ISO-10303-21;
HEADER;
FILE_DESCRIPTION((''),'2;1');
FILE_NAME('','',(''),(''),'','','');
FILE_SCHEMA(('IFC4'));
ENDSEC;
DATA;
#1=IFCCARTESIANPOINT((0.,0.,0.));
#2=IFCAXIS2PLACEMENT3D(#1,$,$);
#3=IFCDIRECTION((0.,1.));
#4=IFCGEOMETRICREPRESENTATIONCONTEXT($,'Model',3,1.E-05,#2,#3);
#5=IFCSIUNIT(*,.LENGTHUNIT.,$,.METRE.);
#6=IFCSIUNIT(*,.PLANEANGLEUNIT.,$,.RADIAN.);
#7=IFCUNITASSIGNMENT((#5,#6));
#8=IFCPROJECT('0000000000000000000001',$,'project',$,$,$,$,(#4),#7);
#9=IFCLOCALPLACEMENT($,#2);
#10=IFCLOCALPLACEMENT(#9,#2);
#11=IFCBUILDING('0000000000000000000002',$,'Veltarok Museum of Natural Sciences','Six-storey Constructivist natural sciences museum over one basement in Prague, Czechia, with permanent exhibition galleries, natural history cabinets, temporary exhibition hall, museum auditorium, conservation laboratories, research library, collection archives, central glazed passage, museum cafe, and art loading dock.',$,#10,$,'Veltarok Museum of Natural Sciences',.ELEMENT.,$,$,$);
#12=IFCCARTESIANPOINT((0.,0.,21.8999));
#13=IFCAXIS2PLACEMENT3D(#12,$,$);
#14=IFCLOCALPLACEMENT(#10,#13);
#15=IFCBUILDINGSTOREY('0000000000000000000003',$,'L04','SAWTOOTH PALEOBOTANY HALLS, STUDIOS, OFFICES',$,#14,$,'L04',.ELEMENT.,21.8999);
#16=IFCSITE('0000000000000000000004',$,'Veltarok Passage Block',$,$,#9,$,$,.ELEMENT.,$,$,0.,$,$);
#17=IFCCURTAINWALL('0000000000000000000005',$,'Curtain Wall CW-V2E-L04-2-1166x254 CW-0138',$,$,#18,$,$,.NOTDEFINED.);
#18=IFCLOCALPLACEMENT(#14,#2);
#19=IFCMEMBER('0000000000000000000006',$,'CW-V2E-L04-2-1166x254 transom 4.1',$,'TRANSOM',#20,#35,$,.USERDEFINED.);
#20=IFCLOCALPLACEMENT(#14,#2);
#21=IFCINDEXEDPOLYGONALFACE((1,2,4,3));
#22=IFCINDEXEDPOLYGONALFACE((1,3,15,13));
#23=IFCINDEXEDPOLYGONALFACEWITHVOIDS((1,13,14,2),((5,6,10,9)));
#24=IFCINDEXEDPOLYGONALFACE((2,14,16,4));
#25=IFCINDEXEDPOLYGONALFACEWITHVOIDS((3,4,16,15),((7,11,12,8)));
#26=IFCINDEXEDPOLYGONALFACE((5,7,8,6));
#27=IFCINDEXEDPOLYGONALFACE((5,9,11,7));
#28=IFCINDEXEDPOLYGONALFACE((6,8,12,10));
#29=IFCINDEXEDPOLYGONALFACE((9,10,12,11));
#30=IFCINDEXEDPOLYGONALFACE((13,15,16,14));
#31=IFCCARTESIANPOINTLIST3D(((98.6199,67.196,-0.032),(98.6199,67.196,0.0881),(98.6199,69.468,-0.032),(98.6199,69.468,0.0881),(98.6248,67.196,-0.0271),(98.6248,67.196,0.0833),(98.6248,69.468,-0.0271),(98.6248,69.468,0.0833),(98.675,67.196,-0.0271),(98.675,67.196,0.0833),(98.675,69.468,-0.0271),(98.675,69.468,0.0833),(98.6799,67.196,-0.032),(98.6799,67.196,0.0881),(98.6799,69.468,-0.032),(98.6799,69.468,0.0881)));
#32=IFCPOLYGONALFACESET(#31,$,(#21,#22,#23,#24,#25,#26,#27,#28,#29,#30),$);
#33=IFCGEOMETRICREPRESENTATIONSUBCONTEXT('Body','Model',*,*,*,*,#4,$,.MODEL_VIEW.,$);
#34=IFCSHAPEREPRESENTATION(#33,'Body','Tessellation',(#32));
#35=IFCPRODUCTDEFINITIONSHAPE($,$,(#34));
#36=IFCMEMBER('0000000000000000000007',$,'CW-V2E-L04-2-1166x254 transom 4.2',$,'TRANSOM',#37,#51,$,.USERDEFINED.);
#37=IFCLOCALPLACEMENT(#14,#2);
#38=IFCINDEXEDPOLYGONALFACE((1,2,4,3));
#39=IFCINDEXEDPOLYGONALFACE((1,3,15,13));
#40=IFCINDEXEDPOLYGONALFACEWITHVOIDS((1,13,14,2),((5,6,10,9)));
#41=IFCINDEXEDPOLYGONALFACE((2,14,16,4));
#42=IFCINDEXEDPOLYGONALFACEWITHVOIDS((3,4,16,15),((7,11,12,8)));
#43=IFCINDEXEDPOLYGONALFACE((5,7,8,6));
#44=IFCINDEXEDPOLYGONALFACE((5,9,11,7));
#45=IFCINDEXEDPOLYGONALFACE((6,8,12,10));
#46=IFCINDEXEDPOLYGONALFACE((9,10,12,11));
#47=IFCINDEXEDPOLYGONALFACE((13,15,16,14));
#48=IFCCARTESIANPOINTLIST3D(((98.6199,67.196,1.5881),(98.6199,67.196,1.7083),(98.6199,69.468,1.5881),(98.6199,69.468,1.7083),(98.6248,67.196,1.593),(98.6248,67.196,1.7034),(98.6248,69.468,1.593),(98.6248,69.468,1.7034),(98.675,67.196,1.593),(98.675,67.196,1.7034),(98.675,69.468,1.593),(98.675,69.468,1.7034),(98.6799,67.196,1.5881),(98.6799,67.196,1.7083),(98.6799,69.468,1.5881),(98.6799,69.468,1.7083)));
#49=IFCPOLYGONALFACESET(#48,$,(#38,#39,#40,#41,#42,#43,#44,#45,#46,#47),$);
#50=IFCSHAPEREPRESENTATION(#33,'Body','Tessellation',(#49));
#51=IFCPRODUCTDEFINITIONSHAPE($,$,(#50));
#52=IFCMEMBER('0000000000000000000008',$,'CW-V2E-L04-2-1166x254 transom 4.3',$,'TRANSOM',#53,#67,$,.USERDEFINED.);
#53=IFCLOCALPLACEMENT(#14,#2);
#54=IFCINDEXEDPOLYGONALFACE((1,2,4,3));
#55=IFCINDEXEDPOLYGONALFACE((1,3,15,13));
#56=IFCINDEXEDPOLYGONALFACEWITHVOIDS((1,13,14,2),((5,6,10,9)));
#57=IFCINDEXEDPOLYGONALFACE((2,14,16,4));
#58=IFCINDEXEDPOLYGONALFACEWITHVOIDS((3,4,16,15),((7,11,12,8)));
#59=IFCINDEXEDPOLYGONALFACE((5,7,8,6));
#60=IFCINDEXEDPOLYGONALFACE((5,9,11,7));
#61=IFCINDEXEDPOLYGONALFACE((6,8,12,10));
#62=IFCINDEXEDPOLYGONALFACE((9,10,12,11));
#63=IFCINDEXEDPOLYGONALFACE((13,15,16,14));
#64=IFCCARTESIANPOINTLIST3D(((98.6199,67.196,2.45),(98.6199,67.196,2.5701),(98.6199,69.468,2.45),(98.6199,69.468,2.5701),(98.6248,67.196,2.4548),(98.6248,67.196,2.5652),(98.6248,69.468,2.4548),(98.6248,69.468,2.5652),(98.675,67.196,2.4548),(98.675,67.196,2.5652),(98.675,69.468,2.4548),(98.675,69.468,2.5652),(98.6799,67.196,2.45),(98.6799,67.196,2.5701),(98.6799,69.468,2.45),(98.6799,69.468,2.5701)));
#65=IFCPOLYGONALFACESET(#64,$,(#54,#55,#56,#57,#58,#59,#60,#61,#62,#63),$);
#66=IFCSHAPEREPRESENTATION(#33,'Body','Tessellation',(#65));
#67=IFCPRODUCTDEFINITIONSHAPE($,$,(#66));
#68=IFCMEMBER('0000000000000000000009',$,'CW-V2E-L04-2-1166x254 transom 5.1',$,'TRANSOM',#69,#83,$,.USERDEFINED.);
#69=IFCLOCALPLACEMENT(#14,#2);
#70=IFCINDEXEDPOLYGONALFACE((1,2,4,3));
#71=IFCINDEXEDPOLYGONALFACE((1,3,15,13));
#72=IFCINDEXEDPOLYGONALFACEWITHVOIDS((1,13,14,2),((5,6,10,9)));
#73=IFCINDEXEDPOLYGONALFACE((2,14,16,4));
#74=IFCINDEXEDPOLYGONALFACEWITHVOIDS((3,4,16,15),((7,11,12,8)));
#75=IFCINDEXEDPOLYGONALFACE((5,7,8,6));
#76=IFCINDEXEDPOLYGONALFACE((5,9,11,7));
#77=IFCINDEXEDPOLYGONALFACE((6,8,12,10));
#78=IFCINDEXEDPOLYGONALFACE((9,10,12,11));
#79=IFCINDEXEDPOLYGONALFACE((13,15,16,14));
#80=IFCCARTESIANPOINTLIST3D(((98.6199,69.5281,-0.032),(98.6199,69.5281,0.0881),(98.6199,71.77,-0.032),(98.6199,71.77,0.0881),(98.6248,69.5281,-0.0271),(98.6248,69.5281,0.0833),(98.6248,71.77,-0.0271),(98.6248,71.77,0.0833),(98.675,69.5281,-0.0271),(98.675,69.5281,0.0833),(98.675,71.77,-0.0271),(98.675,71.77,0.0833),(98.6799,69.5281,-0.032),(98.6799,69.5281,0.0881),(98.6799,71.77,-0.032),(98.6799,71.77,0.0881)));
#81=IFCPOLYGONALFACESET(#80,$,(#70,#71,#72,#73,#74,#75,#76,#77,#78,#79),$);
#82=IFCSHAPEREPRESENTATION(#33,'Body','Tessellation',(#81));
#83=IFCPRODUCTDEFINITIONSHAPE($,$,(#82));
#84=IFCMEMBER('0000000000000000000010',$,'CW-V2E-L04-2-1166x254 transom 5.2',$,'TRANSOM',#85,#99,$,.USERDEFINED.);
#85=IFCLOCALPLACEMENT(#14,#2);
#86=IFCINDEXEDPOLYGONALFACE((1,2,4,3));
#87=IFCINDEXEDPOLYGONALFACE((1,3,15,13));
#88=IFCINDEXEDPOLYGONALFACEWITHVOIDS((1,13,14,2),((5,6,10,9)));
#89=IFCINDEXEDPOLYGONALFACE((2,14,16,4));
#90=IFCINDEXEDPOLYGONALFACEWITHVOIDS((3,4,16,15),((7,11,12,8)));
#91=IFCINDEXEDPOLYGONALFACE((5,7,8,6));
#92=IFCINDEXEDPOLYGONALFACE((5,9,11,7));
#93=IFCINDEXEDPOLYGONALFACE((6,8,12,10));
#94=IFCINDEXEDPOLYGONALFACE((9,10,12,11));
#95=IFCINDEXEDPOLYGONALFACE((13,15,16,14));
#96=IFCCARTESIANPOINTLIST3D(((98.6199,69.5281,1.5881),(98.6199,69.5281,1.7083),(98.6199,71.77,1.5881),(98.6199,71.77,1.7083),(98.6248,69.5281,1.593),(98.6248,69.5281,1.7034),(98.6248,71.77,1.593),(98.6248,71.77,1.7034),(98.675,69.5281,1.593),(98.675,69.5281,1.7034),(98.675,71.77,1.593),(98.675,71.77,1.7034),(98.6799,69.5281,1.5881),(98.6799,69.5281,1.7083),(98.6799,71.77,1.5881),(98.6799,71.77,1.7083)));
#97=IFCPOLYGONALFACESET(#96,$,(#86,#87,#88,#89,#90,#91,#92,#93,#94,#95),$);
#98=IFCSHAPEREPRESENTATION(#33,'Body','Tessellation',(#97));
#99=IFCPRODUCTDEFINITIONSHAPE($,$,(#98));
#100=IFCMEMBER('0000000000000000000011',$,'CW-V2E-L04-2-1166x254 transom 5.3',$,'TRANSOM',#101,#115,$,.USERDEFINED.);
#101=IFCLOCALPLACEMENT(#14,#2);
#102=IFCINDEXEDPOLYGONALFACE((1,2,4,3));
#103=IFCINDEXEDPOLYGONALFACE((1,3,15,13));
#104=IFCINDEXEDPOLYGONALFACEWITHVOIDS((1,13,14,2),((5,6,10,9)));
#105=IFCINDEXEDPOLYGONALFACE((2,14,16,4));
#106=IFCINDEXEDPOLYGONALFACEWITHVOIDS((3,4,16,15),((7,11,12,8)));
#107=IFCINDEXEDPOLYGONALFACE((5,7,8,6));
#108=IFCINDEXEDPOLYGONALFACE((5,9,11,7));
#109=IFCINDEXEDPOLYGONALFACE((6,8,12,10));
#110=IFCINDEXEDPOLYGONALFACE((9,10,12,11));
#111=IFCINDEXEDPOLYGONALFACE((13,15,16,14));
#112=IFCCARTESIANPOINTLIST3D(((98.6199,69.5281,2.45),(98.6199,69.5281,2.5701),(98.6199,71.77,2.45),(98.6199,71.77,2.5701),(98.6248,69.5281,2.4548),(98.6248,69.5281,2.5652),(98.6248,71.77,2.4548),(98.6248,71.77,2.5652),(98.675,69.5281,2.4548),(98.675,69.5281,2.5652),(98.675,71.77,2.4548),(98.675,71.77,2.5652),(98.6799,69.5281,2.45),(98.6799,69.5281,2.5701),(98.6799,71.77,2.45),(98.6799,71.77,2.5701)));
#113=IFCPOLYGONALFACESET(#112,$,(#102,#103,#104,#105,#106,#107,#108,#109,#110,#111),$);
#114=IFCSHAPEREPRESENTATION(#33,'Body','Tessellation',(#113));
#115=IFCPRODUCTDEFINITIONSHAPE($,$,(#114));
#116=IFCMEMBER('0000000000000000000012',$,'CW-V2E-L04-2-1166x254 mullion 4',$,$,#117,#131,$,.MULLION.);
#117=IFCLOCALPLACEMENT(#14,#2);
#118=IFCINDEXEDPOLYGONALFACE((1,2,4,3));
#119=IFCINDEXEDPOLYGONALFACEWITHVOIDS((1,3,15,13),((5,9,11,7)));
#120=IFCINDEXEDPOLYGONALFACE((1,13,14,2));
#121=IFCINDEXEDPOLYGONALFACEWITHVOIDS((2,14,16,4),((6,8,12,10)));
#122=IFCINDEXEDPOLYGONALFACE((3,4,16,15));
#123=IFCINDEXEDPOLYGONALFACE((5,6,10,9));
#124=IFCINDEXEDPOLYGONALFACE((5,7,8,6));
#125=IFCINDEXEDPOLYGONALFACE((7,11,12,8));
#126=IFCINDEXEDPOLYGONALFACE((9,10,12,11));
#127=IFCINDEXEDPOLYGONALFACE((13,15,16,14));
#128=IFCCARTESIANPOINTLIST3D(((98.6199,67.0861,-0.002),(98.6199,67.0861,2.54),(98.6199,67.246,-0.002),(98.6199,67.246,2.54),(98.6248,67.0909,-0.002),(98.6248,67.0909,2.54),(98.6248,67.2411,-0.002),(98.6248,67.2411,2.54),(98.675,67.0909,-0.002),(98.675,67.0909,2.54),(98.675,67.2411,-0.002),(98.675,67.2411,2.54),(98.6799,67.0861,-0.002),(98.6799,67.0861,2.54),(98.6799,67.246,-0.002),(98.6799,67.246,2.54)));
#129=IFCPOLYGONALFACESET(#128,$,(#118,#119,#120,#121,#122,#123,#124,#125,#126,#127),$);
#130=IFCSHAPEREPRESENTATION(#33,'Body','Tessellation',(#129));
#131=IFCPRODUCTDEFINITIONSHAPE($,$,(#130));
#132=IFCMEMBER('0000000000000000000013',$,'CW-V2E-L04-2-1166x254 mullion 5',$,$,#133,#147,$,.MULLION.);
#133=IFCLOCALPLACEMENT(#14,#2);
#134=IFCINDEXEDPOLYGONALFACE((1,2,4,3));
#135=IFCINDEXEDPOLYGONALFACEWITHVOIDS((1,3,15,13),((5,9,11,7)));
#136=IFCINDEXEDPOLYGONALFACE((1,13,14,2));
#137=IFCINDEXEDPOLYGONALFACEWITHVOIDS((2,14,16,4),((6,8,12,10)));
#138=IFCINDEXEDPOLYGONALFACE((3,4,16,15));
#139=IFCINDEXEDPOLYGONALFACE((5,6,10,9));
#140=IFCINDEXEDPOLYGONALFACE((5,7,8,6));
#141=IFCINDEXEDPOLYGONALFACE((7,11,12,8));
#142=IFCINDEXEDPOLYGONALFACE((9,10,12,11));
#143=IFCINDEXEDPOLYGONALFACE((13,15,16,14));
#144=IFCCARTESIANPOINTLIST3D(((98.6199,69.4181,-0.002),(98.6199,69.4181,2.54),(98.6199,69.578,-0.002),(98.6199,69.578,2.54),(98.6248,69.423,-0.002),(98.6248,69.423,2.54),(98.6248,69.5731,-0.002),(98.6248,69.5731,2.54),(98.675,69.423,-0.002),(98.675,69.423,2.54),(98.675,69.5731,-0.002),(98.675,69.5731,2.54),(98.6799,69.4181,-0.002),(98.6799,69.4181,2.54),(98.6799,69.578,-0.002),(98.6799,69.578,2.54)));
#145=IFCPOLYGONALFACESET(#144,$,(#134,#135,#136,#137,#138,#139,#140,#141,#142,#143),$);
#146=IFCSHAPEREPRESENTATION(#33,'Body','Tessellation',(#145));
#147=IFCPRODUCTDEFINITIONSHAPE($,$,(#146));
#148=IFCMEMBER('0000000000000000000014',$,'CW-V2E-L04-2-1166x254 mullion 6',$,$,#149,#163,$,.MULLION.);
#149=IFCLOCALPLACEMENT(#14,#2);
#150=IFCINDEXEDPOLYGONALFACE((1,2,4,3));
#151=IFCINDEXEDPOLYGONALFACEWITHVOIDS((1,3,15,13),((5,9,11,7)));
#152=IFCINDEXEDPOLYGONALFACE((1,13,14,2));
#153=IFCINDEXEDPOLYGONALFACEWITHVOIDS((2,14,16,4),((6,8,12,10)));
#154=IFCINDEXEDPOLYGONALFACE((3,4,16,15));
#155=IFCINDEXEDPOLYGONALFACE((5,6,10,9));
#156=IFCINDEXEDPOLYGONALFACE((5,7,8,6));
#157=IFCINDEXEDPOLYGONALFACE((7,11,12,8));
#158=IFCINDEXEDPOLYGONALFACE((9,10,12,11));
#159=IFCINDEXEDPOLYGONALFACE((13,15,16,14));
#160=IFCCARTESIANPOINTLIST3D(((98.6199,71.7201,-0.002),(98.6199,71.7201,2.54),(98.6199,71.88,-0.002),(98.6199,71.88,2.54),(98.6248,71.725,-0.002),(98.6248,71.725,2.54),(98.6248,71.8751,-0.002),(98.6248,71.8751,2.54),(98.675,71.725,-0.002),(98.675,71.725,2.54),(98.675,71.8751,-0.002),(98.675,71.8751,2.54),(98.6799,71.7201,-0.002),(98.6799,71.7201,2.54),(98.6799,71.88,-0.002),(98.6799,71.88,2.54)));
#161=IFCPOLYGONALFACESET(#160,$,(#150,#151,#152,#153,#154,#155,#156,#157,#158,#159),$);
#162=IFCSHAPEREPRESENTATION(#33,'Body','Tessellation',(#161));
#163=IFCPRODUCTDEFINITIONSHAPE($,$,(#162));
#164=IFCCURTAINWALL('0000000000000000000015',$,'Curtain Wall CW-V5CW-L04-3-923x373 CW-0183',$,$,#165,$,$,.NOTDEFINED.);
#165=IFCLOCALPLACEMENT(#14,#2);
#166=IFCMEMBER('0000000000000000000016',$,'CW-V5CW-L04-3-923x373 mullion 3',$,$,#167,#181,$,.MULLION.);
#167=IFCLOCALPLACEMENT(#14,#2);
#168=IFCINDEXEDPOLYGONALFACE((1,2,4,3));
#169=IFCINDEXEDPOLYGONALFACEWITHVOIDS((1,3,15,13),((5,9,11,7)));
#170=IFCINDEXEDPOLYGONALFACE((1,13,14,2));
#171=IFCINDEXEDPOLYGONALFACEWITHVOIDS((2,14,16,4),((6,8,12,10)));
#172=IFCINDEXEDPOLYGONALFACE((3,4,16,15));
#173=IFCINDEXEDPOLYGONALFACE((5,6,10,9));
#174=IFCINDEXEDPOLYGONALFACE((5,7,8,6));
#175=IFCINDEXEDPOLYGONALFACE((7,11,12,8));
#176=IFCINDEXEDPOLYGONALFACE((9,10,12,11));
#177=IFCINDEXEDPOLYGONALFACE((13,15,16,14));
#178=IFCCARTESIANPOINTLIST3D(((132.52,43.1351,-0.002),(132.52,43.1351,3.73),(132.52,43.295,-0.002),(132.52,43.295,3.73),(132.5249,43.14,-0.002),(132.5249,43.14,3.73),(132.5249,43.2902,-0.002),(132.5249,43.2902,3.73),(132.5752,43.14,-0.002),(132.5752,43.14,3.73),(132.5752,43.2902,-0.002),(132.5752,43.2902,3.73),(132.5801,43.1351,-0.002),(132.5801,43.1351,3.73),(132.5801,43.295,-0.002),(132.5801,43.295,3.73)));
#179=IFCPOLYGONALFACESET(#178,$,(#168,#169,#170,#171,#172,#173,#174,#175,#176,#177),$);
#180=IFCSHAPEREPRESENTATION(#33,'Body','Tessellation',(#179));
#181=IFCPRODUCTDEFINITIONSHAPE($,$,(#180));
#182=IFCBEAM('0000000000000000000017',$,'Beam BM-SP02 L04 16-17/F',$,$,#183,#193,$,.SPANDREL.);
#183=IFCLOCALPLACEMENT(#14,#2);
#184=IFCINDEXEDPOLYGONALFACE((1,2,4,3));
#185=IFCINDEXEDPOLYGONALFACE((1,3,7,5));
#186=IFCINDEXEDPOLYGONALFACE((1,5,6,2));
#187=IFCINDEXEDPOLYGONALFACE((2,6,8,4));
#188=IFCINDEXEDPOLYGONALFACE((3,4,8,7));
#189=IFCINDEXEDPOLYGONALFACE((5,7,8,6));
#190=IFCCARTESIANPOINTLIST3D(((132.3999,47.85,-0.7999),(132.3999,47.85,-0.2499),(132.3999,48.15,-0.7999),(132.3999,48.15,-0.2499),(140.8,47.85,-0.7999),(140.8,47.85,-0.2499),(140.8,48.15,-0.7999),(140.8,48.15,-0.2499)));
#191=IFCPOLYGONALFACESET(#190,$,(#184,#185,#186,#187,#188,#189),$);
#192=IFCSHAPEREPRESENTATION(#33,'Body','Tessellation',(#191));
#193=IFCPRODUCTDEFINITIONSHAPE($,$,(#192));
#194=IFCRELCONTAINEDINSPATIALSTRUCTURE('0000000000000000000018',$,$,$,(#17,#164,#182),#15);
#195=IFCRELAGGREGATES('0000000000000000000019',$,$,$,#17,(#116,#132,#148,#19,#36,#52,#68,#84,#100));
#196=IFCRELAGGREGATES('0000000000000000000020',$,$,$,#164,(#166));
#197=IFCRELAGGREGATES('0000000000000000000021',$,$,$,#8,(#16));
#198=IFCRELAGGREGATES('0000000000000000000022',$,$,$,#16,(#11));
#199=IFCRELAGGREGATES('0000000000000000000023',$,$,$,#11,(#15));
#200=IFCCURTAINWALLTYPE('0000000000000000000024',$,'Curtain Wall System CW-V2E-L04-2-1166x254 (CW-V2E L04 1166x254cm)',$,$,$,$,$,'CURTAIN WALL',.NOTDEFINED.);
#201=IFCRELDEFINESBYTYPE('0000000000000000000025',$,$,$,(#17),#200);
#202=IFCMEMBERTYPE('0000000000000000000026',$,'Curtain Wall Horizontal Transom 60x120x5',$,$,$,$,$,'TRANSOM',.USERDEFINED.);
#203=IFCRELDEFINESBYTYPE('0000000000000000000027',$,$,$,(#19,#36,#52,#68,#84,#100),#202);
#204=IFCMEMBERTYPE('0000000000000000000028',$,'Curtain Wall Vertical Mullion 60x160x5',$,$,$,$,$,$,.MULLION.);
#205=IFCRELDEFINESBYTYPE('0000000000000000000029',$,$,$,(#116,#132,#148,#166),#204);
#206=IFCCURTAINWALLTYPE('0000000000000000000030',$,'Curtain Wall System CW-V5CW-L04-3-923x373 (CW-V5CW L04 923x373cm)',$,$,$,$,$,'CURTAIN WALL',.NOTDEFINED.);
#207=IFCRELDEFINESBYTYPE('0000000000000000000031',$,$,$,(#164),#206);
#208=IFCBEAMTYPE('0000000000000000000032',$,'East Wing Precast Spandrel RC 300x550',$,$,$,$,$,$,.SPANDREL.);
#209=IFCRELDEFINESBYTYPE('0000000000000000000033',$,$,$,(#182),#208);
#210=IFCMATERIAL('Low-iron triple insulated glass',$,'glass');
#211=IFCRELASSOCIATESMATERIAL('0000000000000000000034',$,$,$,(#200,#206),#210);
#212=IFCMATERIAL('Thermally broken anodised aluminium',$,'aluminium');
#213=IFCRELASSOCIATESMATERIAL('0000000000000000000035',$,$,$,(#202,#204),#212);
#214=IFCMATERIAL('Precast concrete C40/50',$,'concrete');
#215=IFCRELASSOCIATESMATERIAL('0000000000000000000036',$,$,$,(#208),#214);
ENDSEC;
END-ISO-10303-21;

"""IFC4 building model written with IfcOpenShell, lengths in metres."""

from ifc_helpers import new_model, si_unit, direction, frame, origin, origin_2d, place, context, subcontext, project, spatial, rectangle, hollow_rectangle, extrude, material, material_profile, profile_set, type_object, element, aggregate, save


model = new_model("IFC4")

# Units and contexts
model_context = context("Model", 3, precision=1e-05, world=origin(), true_north=direction((0.0, 1.0)))
body_context = subcontext(model_context, "Body", "Model", "MODEL_VIEW")
ifc_project = project(units=[si_unit("LENGTHUNIT", "METRE"), si_unit("PLANEANGLEUNIT", "RADIAN")], contexts=[model_context])

# Site, building, storey
site_placement = place(None, origin())
site = spatial("IfcSite", under=ifc_project, at=site_placement, Name="Veltarok Passage Block", CompositionType="ELEMENT", RefElevation=0.0)
building_placement = place(site_placement, origin())
building = spatial("IfcBuilding", under=site, at=building_placement, Name="Veltarok Museum of Natural Sciences", Description="Six-storey Constructivist natural sciences museum over one basement in Prague, Czechia, with permanent exhibition galleries, natural history cabinets, temporary exhibition hall, museum auditorium, conservation laboratories, research library, collection archives, central glazed passage, museum cafe, and art loading dock.", LongName="Veltarok Museum of Natural Sciences", CompositionType="ELEMENT")
storey_placement = place(building_placement, frame((0.0, 0.0, 21.8999)))
storey = spatial("IfcBuildingStorey", under=building, at=storey_placement, Name="L04", Description="SAWTOOTH PALEOBOTANY HALLS, STUDIOS, OFFICES", LongName="L04", CompositionType="ELEMENT", Elevation=21.8999)

# Curtain wall, members
ifc_material_1 = material(Name="Low-iron triple insulated glass", Category="glass")
curtain_wall_type_1 = type_object("IfcCurtainWallType", Name="Curtain Wall System CW-V2E-L04-2-1166x254 (CW-V2E L04 1166x254cm)", ElementType="CURTAIN WALL", PredefinedType="NOTDEFINED", material=ifc_material_1)
curtain_wall_1_placement = place(storey_placement, origin())
curtain_wall_1 = element("IfcCurtainWall", 1, at=curtain_wall_1_placement, inside=storey, type_object=curtain_wall_type_1, Name="Curtain Wall CW-V2E-L04-2-1166x254 CW-0138", PredefinedType="NOTDEFINED")
ifc_material_2 = material(Name="Thermally broken anodised aluminium", Category="aluminium")
ifc_material_profile_1 = material_profile(ifc_material_2, hollow_rectangle(XDim=0.0601, YDim=0.1201, WallThickness=0.0049, at=origin_2d()), Name="CW TRANSOM 60x120x5")
ifc_profile_set_1 = profile_set([ifc_material_profile_1], Name="Thermally broken anodised aluminium")
member_type_1 = type_object("IfcMemberType", Name="Curtain Wall Horizontal Transom 60x120x5", ElementType="TRANSOM", PredefinedType="USERDEFINED", material=ifc_profile_set_1)
member_1_placement = place(storey_placement, frame((98.6499, 67.196, 0.0281), z_axis=(0.0, 1.0, 0.0), x_axis=(-1.0, 0.0, 0.0)))
member_1 = element("IfcMember", 2, at=member_1_placement, type_object=member_type_1, Name="CW-V2E-L04-2-1166x254 transom 4.1", ObjectType="TRANSOM", PredefinedType="USERDEFINED", context=body_context, shape_type="SweptSolid", body=[
    extrude(hollow_rectangle(XDim=0.0601, YDim=0.1201, WallThickness=0.0049, at=origin_2d()), origin(), (0.0, 0.0, 1.0), 2.272),
])
member_2_placement = place(storey_placement, frame((98.6499, 67.196, 1.6482), z_axis=(0.0, 1.0, 0.0), x_axis=(-1.0, 0.0, 0.0)))
member_2 = element("IfcMember", 3, at=member_2_placement, type_object=member_type_1, Name="CW-V2E-L04-2-1166x254 transom 4.2", ObjectType="TRANSOM", PredefinedType="USERDEFINED", context=body_context, shape_type="SweptSolid", body=[
    extrude(hollow_rectangle(XDim=0.0601, YDim=0.1201, WallThickness=0.0049, at=origin_2d()), origin(), (0.0, 0.0, 1.0), 2.272),
])
member_3_placement = place(storey_placement, frame((98.6499, 67.196, 2.51), z_axis=(0.0, 1.0, 0.0), x_axis=(-1.0, 0.0, 0.0)))
member_3 = element("IfcMember", 4, at=member_3_placement, type_object=member_type_1, Name="CW-V2E-L04-2-1166x254 transom 4.3", ObjectType="TRANSOM", PredefinedType="USERDEFINED", context=body_context, shape_type="SweptSolid", body=[
    extrude(hollow_rectangle(XDim=0.0601, YDim=0.1201, WallThickness=0.0049, at=origin_2d()), origin(), (0.0, 0.0, 1.0), 2.272),
])
member_4_placement = place(storey_placement, frame((98.6499, 69.5281, 0.0281), z_axis=(0.0, 1.0, 0.0), x_axis=(-1.0, 0.0, 0.0)))
member_4 = element("IfcMember", 5, at=member_4_placement, type_object=member_type_1, Name="CW-V2E-L04-2-1166x254 transom 5.1", ObjectType="TRANSOM", PredefinedType="USERDEFINED", context=body_context, shape_type="SweptSolid", body=[
    extrude(hollow_rectangle(XDim=0.0601, YDim=0.1201, WallThickness=0.0049, at=origin_2d()), origin(), (0.0, 0.0, 1.0), 2.2419),
])
member_5_placement = place(storey_placement, frame((98.6499, 69.5281, 1.6482), z_axis=(0.0, 1.0, 0.0), x_axis=(-1.0, 0.0, 0.0)))
member_5 = element("IfcMember", 6, at=member_5_placement, type_object=member_type_1, Name="CW-V2E-L04-2-1166x254 transom 5.2", ObjectType="TRANSOM", PredefinedType="USERDEFINED", context=body_context, shape_type="SweptSolid", body=[
    extrude(hollow_rectangle(XDim=0.0601, YDim=0.1201, WallThickness=0.0049, at=origin_2d()), origin(), (0.0, 0.0, 1.0), 2.2419),
])
member_6_placement = place(storey_placement, frame((98.6499, 69.5281, 2.51), z_axis=(0.0, 1.0, 0.0), x_axis=(-1.0, 0.0, 0.0)))
member_6 = element("IfcMember", 7, at=member_6_placement, type_object=member_type_1, Name="CW-V2E-L04-2-1166x254 transom 5.3", ObjectType="TRANSOM", PredefinedType="USERDEFINED", context=body_context, shape_type="SweptSolid", body=[
    extrude(hollow_rectangle(XDim=0.0601, YDim=0.1201, WallThickness=0.0049, at=origin_2d()), origin(), (0.0, 0.0, 1.0), 2.2419),
])
ifc_material_profile_2 = material_profile(ifc_material_2, hollow_rectangle(XDim=0.0601, YDim=0.1599, WallThickness=0.0049, at=origin_2d()), Name="CW MULLION 60x160x5")
ifc_profile_set_2 = profile_set([ifc_material_profile_2], Name="Thermally broken anodised aluminium")
member_type_2 = type_object("IfcMemberType", Name="Curtain Wall Vertical Mullion 60x160x5", PredefinedType="MULLION", material=ifc_profile_set_2)
member_7_placement = place(storey_placement, frame((98.6499, 67.166, -0.002), z_axis=(0.0, 0.0, 1.0), x_axis=(-1.0, 0.0, 0.0)))
member_7 = element("IfcMember", 8, at=member_7_placement, type_object=member_type_2, Name="CW-V2E-L04-2-1166x254 mullion 4", PredefinedType="MULLION", context=body_context, shape_type="SweptSolid", body=[
    extrude(hollow_rectangle(XDim=0.0601, YDim=0.1599, WallThickness=0.0049, at=origin_2d()), origin(), (0.0, 0.0, 1.0), 2.542),
])
member_8_placement = place(storey_placement, frame((98.6499, 69.498, -0.002), z_axis=(0.0, 0.0, 1.0), x_axis=(-1.0, 0.0, 0.0)))
member_8 = element("IfcMember", 9, at=member_8_placement, type_object=member_type_2, Name="CW-V2E-L04-2-1166x254 mullion 5", PredefinedType="MULLION", context=body_context, shape_type="SweptSolid", body=[
    extrude(hollow_rectangle(XDim=0.0601, YDim=0.1599, WallThickness=0.0049, at=origin_2d()), origin(), (0.0, 0.0, 1.0), 2.542),
])
member_9_placement = place(storey_placement, frame((98.6499, 71.8, -0.002), z_axis=(0.0, 0.0, 1.0), x_axis=(-1.0, 0.0, 0.0)))
member_9 = element("IfcMember", 10, at=member_9_placement, type_object=member_type_2, Name="CW-V2E-L04-2-1166x254 mullion 6", PredefinedType="MULLION", context=body_context, shape_type="SweptSolid", body=[
    extrude(hollow_rectangle(XDim=0.0601, YDim=0.1599, WallThickness=0.0049, at=origin_2d()), origin(), (0.0, 0.0, 1.0), 2.542),
])

# Curtain wall, member
curtain_wall_type_2 = type_object("IfcCurtainWallType", Name="Curtain Wall System CW-V5CW-L04-3-923x373 (CW-V5CW L04 923x373cm)", ElementType="CURTAIN WALL", PredefinedType="NOTDEFINED", material=ifc_material_1)
curtain_wall_2_placement = place(storey_placement, origin())
curtain_wall_2 = element("IfcCurtainWall", 11, at=curtain_wall_2_placement, inside=storey, type_object=curtain_wall_type_2, Name="Curtain Wall CW-V5CW-L04-3-923x373 CW-0183", PredefinedType="NOTDEFINED")
member_10_placement = place(storey_placement, frame((132.55, 43.2151, -0.002), z_axis=(0.0, 0.0, 1.0), x_axis=(-1.0, 0.0, 0.0)))
member_10 = element("IfcMember", 12, at=member_10_placement, type_object=member_type_2, Name="CW-V5CW-L04-3-923x373 mullion 3", PredefinedType="MULLION", context=body_context, shape_type="SweptSolid", body=[
    extrude(hollow_rectangle(XDim=0.0601, YDim=0.1599, WallThickness=0.0049, at=origin_2d()), origin(), (0.0, 0.0, 1.0), 3.7319),
])

# Beam
ifc_material_3 = material(Name="Precast concrete C40/50", Category="concrete")
ifc_material_profile_3 = material_profile(ifc_material_3, rectangle(XDim=0.3, YDim=0.55, at=origin_2d()), Name="RC 300x550")
ifc_profile_set_3 = profile_set([ifc_material_profile_3], Name="Precast concrete C40/50")
beam_type_1 = type_object("IfcBeamType", Name="East Wing Precast Spandrel RC 300x550", PredefinedType="SPANDREL", material=ifc_profile_set_3)
for number, where, z_axis, x_axis, name in (
    (13, (132.3999, 48.0, -0.5249), (1.0, 0.0, 0.0), (0.0, 1.0, 0.0), "Beam BM-SP02 L04 16-17/F"),
):
    element("IfcBeam", number, at=place(storey_placement, frame(where, z_axis=z_axis, x_axis=x_axis)), inside=storey, type_object=beam_type_1, Name=name, PredefinedType="SPANDREL", context=body_context, shape_type="SweptSolid", body=[
        extrude(rectangle(XDim=0.3, YDim=0.55, at=origin_2d()), origin(), (0.0, 0.0, 1.0), 8.4001),
    ])

aggregate(curtain_wall_1, [member_7, member_8, member_9, member_1, member_2, member_3, member_4, member_5, member_6])
aggregate(curtain_wall_2, [member_10])

save(model, "model.ifc")
